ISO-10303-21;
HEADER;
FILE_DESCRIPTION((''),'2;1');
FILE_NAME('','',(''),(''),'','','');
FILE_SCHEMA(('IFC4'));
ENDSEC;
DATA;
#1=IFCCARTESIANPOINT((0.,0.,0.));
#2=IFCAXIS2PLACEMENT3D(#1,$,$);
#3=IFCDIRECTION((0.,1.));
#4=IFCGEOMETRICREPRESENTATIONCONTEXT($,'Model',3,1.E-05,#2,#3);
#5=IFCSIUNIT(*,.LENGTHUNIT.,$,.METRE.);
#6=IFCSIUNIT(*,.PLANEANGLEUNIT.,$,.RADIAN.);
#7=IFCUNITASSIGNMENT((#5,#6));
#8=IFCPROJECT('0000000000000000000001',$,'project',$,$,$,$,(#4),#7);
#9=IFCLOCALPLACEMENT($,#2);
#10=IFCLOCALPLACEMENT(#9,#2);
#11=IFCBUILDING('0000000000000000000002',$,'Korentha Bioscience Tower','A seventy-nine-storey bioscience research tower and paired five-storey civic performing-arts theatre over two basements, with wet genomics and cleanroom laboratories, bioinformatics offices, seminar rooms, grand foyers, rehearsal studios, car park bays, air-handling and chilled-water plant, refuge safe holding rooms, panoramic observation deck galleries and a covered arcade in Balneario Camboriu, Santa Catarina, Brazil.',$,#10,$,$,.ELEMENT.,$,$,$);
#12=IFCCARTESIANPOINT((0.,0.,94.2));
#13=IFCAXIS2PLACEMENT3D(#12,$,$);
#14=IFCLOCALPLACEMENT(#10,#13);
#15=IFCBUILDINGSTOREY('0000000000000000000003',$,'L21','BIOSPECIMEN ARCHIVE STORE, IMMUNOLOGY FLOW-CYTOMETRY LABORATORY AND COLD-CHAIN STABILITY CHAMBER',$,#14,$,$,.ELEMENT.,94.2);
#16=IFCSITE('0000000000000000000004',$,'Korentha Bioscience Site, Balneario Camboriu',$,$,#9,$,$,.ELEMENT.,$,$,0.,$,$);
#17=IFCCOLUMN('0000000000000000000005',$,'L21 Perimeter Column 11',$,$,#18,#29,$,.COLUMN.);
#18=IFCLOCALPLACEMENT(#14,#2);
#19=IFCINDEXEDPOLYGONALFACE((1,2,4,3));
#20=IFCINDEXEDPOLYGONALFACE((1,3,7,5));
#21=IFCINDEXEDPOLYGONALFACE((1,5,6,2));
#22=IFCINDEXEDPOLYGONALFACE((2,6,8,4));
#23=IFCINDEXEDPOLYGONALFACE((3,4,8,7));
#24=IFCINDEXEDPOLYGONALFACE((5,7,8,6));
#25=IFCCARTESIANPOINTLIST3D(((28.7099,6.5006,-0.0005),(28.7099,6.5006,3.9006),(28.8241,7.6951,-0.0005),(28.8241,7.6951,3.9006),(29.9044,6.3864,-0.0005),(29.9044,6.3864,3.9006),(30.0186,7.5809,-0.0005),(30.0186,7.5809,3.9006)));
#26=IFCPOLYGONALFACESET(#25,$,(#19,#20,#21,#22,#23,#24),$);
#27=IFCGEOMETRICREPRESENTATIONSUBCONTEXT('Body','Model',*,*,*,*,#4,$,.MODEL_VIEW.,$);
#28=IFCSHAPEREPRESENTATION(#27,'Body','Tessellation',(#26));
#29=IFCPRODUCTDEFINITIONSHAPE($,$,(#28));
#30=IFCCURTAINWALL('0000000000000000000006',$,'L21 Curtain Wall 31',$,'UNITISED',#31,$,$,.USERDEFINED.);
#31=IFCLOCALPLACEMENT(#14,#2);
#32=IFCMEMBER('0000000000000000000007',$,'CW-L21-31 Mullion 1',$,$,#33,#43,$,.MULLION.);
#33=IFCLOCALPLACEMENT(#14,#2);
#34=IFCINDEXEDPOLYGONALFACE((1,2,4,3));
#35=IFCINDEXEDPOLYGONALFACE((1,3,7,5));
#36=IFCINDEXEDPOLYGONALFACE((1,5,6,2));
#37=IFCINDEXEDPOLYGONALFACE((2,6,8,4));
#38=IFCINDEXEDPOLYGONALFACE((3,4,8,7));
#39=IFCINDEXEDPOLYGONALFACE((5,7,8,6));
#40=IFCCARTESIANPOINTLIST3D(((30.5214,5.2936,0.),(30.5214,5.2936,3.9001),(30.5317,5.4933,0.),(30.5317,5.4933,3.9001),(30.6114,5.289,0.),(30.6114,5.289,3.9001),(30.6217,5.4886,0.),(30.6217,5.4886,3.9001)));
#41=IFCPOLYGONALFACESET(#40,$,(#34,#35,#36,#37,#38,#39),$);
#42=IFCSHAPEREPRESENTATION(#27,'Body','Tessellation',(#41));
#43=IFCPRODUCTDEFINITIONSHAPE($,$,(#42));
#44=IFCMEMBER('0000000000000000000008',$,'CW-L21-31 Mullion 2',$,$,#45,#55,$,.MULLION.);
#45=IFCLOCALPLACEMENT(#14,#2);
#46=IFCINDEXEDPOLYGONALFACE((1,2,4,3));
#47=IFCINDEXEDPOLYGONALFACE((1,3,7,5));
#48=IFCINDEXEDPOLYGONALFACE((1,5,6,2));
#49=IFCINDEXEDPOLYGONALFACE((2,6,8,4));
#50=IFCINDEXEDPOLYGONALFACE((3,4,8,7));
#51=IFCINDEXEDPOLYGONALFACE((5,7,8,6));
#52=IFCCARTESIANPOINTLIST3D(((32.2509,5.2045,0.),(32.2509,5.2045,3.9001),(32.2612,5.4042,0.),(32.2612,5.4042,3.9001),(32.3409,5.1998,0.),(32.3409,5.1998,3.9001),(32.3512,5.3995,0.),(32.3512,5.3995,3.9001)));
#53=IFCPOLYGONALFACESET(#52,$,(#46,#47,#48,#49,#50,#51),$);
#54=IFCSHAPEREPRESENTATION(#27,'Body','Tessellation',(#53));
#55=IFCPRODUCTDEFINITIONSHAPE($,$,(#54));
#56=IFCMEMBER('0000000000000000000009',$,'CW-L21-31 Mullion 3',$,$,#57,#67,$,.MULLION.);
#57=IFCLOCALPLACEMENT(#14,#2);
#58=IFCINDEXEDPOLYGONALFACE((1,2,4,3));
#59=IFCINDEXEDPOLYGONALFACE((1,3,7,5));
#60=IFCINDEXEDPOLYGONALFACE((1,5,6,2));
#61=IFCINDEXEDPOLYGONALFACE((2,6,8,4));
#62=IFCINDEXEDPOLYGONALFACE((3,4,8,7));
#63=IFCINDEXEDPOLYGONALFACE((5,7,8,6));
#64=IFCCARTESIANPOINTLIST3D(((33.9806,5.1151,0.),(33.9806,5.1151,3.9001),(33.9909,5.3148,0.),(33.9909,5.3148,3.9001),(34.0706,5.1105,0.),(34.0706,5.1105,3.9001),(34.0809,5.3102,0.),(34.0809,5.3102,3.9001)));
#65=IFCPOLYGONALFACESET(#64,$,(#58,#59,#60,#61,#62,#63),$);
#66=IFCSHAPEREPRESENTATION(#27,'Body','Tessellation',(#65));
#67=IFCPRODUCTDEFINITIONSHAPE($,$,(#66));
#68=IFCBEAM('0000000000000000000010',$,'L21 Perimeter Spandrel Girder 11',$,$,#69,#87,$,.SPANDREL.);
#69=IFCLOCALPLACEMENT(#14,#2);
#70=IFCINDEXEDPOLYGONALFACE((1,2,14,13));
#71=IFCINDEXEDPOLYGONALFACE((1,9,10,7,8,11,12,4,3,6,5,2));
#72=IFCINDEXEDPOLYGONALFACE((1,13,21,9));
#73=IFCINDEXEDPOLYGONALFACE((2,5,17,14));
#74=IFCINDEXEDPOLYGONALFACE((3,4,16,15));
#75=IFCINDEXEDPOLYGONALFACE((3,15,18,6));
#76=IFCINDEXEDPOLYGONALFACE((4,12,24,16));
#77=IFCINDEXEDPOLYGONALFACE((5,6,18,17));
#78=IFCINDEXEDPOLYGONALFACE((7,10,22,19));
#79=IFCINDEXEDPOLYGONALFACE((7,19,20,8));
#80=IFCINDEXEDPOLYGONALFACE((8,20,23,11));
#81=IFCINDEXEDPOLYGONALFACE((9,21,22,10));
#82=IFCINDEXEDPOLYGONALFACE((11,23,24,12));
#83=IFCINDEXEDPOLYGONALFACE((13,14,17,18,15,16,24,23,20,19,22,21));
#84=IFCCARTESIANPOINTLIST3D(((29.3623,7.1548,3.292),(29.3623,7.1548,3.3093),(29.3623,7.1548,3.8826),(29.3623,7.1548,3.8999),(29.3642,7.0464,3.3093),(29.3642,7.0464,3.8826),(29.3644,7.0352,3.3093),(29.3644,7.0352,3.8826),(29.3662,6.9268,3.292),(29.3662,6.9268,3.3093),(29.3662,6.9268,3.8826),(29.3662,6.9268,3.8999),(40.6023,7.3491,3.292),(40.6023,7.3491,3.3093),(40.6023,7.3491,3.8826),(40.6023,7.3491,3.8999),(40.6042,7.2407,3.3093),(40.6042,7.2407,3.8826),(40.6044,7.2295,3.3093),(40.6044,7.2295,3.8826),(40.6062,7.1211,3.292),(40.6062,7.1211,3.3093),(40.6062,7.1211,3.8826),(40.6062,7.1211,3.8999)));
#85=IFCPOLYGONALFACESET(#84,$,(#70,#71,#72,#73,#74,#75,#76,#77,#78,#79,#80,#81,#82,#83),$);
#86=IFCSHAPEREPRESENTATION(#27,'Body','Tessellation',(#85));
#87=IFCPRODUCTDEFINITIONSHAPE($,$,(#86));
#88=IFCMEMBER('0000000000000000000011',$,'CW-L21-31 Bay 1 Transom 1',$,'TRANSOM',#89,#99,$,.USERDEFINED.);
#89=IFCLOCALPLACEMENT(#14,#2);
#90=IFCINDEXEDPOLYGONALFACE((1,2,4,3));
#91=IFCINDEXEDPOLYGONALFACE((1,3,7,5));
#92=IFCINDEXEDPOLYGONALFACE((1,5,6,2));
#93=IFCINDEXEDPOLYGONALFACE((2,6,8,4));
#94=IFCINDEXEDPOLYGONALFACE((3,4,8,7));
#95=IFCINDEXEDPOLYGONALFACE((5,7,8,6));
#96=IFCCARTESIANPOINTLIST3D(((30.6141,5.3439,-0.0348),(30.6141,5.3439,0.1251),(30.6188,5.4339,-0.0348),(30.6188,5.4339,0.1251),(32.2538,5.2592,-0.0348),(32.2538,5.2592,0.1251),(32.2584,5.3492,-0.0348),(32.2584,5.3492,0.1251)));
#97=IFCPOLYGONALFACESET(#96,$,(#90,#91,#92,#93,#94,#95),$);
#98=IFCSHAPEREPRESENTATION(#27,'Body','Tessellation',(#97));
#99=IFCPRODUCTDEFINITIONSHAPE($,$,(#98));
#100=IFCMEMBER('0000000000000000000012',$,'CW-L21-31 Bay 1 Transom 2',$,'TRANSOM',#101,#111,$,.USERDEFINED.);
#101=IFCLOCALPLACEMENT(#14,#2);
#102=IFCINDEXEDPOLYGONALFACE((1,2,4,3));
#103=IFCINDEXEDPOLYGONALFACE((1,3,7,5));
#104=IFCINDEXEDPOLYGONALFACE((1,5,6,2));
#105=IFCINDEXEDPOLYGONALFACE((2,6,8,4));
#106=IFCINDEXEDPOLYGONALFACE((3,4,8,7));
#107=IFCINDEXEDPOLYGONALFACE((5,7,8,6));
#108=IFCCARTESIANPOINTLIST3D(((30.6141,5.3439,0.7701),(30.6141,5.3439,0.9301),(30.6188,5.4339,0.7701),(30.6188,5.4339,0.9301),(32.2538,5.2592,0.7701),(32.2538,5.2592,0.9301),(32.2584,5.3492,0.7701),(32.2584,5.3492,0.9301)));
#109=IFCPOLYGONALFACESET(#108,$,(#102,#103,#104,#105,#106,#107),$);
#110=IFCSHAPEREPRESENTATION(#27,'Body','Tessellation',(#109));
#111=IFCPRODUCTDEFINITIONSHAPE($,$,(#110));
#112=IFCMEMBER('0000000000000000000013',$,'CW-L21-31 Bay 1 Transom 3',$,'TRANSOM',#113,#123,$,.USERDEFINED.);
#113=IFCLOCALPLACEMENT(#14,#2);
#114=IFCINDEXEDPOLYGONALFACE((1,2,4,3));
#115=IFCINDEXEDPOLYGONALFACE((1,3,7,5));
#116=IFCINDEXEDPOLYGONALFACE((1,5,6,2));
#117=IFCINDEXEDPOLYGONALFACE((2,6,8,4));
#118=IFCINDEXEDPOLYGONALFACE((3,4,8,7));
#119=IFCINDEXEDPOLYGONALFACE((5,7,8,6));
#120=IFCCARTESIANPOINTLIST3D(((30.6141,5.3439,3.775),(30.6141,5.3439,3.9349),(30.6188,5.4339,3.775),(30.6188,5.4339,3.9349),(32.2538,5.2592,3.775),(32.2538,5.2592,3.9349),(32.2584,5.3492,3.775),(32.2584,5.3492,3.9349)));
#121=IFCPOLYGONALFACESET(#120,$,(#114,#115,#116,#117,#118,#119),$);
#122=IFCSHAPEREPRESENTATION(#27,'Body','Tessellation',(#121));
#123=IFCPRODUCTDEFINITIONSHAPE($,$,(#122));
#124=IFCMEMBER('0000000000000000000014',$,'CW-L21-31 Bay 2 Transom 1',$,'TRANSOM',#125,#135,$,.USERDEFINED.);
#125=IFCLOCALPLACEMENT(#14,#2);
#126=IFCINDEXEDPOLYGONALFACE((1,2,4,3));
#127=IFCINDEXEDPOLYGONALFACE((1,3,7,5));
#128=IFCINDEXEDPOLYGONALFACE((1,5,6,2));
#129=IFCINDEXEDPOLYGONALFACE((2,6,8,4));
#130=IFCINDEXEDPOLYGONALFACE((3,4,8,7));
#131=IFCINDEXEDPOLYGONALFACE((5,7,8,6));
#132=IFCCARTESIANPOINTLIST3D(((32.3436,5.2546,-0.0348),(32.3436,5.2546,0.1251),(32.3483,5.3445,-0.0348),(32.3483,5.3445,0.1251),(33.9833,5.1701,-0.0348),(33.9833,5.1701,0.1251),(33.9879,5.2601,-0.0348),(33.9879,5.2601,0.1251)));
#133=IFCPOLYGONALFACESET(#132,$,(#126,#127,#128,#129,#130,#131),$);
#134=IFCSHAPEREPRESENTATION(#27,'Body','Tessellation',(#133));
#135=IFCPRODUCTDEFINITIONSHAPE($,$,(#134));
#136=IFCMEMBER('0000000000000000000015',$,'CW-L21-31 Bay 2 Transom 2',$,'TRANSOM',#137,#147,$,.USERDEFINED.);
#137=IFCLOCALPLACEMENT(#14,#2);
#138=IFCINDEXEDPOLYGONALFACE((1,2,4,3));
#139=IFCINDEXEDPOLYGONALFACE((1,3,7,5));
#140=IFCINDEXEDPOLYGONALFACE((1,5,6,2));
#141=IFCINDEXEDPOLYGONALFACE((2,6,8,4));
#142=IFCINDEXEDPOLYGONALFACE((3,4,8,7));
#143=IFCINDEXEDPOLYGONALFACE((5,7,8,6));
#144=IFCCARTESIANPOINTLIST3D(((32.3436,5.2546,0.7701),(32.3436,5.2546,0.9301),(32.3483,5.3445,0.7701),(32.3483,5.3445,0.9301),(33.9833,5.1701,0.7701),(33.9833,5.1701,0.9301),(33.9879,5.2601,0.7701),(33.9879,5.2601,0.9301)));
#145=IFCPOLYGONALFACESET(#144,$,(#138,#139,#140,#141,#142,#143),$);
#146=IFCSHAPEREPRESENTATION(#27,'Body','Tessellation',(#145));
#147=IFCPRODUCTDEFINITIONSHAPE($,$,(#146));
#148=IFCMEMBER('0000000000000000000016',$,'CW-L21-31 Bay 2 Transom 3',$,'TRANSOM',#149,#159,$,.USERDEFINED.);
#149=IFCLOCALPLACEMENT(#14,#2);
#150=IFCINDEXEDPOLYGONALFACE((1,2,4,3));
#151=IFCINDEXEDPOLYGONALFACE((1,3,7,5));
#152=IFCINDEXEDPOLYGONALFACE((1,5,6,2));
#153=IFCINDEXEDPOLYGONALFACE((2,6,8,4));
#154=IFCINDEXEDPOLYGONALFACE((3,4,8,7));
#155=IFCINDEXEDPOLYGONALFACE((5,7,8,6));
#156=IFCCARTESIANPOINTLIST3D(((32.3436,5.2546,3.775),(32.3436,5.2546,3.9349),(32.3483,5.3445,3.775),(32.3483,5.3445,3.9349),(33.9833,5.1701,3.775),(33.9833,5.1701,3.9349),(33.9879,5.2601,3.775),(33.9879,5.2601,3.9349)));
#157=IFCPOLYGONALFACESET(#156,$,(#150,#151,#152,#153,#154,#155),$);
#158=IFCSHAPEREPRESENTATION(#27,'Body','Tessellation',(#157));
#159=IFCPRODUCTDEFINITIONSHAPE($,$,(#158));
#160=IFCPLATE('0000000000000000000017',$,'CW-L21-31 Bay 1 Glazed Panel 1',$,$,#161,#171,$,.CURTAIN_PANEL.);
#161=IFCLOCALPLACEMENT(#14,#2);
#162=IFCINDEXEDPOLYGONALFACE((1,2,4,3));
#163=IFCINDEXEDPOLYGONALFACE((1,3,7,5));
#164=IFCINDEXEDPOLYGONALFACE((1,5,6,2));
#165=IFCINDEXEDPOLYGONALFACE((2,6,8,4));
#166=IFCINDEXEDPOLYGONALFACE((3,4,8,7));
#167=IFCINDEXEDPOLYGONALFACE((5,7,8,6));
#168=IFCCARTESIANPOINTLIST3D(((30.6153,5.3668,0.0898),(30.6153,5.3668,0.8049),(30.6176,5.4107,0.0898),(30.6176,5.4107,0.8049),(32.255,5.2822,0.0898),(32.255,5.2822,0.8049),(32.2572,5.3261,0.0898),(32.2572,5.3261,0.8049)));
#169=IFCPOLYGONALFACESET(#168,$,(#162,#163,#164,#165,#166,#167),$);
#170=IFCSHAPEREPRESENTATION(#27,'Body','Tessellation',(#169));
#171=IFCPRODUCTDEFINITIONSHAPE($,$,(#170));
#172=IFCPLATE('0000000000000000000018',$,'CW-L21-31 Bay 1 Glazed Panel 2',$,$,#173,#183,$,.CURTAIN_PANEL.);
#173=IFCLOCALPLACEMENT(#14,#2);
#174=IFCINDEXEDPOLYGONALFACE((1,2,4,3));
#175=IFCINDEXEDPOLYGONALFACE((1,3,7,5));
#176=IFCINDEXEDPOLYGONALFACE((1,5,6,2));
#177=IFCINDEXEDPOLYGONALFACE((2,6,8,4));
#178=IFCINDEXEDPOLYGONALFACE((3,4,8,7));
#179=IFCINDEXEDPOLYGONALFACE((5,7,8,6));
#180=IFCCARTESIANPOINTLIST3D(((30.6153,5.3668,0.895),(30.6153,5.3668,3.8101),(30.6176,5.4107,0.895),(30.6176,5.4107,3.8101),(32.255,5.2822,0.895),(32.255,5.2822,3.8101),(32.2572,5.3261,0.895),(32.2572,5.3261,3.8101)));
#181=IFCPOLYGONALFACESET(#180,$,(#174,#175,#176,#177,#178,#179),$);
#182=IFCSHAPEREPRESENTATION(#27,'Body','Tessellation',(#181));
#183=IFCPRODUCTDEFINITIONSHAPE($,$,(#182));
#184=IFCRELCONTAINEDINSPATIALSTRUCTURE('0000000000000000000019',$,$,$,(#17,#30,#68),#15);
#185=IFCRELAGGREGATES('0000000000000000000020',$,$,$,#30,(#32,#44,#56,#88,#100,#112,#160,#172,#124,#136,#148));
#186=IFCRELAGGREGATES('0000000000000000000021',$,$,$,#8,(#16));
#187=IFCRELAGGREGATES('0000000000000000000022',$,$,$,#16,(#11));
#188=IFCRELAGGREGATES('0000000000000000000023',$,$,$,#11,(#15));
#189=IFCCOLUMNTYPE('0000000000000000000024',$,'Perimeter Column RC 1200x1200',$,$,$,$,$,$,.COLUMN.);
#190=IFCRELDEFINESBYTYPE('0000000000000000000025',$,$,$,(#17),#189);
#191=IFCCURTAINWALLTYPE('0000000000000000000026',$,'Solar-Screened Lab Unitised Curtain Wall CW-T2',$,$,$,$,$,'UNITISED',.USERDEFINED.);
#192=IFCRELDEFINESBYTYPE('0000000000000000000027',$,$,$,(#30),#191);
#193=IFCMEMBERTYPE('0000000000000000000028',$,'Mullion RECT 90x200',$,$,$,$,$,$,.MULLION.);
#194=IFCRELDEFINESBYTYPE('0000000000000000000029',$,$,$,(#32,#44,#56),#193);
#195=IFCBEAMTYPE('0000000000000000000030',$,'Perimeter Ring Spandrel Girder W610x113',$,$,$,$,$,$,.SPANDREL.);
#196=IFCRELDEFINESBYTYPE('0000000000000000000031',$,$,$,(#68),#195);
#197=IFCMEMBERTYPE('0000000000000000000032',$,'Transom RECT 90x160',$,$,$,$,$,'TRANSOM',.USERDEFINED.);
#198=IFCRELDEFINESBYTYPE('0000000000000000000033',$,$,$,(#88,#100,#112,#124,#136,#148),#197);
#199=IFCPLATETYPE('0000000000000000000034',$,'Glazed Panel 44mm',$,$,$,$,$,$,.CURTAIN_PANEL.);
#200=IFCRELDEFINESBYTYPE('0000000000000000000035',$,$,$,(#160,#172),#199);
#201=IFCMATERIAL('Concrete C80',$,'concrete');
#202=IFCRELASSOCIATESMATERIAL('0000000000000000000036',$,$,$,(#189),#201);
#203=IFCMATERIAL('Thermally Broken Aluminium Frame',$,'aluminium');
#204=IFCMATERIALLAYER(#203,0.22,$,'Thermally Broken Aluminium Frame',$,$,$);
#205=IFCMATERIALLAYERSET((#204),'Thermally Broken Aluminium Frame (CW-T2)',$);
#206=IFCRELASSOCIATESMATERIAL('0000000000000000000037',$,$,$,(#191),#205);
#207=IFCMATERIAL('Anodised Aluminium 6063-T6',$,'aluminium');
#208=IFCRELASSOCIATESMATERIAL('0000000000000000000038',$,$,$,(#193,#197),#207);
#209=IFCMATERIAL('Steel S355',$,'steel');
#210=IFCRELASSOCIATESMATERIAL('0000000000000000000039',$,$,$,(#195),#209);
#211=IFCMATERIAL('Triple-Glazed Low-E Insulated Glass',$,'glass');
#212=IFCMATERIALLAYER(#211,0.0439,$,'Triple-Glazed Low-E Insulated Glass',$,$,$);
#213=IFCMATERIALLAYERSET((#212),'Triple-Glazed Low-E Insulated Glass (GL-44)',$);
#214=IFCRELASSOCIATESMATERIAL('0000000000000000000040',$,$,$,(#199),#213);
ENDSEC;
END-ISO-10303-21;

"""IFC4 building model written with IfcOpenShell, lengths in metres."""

from ifc_helpers import new_model, si_unit, direction, frame, origin, origin_2d, place, context, subcontext, project, spatial, rectangle, i_section, extrude, material, layer, layer_set, material_profile, profile_set, type_object, element, aggregate, save


model = new_model("IFC4")

# Units and contexts
model_context = context("Model", 3, precision=1e-05, world=origin(), true_north=direction((0.0, 1.0)))
body_context = subcontext(model_context, "Body", "Model", "MODEL_VIEW")
ifc_project = project(units=[si_unit("LENGTHUNIT", "METRE"), si_unit("PLANEANGLEUNIT", "RADIAN")], contexts=[model_context])

# Site, building, storey
site_placement = place(None, origin())
site = spatial("IfcSite", under=ifc_project, at=site_placement, Name="Korentha Bioscience Site, Balneario Camboriu", CompositionType="ELEMENT", RefElevation=0.0)
building_placement = place(site_placement, origin())
building = spatial("IfcBuilding", under=site, at=building_placement, Name="Korentha Bioscience Tower", Description="A seventy-nine-storey bioscience research tower and paired five-storey civic performing-arts theatre over two basements, with wet genomics and cleanroom laboratories, bioinformatics offices, seminar rooms, grand foyers, rehearsal studios, car park bays, air-handling and chilled-water plant, refuge safe holding rooms, panoramic observation deck galleries and a covered arcade in Balneario Camboriu, Santa Catarina, Brazil.", CompositionType="ELEMENT")
storey_placement = place(building_placement, frame((0.0, 0.0, 94.2)))
storey = spatial("IfcBuildingStorey", under=building, at=storey_placement, Name="L21", Description="BIOSPECIMEN ARCHIVE STORE, IMMUNOLOGY FLOW-CYTOMETRY LABORATORY AND COLD-CHAIN STABILITY CHAMBER", CompositionType="ELEMENT", Elevation=94.2)

# Column
ifc_material_1 = material(Name="Concrete C80", Category="concrete")
ifc_material_profile_1 = material_profile(ifc_material_1, rectangle(XDim=1.2, YDim=1.2, at=origin_2d()), Name="Concrete C80")
ifc_profile_set_1 = profile_set([ifc_material_profile_1], Name="Concrete C80 (COL-P12)")
column_type = type_object("IfcColumnType", Name="Perimeter Column RC 1200x1200", PredefinedType="COLUMN", material=ifc_profile_set_1)
column_placement = place(storey_placement, frame((29.3643, 7.0408, -0.0005), z_axis=(0.0, 0.0, 1.0), x_axis=(-0.995463, 0.095151, 0.0)))
element("IfcColumn", 1, at=column_placement, inside=storey, type_object=column_type, Name="L21 Perimeter Column 11", PredefinedType="COLUMN", context=body_context, shape_type="SweptSolid", body=[
    extrude(rectangle(XDim=1.2, YDim=1.2, at=origin_2d()), origin(), (0.0, 0.0, 1.0), 3.9011),
])

# Curtain wall, members
ifc_material_2 = material(Name="Thermally Broken Aluminium Frame", Category="aluminium")
ifc_layer_1 = layer(ifc_material_2, 0.22, Name="Thermally Broken Aluminium Frame")
ifc_layer_set_1 = layer_set([ifc_layer_1], Name="Thermally Broken Aluminium Frame (CW-T2)")
curtain_wall_type = type_object("IfcCurtainWallType", Name="Solar-Screened Lab Unitised Curtain Wall CW-T2", ElementType="UNITISED", PredefinedType="USERDEFINED", material=ifc_layer_set_1)
curtain_wall_placement = place(storey_placement, origin())
curtain_wall = element("IfcCurtainWall", 2, at=curtain_wall_placement, inside=storey, type_object=curtain_wall_type, Name="L21 Curtain Wall 31", ObjectType="UNITISED", PredefinedType="USERDEFINED")
ifc_material_3 = material(Name="Anodised Aluminium 6063-T6", Category="aluminium")
ifc_material_profile_2 = material_profile(ifc_material_3, rectangle(XDim=0.0901, YDim=0.2, at=origin_2d()), Name="Anodised Aluminium 6063-T6")
ifc_profile_set_2 = profile_set([ifc_material_profile_2], Name="Anodised Aluminium 6063-T6 (CW-MUL)")
member_type_1 = type_object("IfcMemberType", Name="Mullion RECT 90x200", PredefinedType="MULLION", material=ifc_profile_set_2)
member_1_placement = place(storey_placement, frame((30.5715, 5.3911, 0.0), z_axis=(0.0, 0.0, 1.0), x_axis=(0.998673, -0.051495, 0.0)))
member_1 = element("IfcMember", 3, at=member_1_placement, type_object=member_type_1, Name="CW-L21-31 Mullion 1", PredefinedType="MULLION", context=body_context, shape_type="SweptSolid", body=[
    extrude(rectangle(XDim=0.0901, YDim=0.2, at=origin_2d()), origin(), (0.0, 0.0, 1.0), 3.9001),
])
member_2_placement = place(storey_placement, frame((32.301, 5.302, 0.0), z_axis=(0.0, 0.0, 1.0), x_axis=(0.998673, -0.051495, 0.0)))
member_2 = element("IfcMember", 4, at=member_2_placement, type_object=member_type_1, Name="CW-L21-31 Mullion 2", PredefinedType="MULLION", context=body_context, shape_type="SweptSolid", body=[
    extrude(rectangle(XDim=0.0901, YDim=0.2, at=origin_2d()), origin(), (0.0, 0.0, 1.0), 3.9001),
])
member_3_placement = place(storey_placement, frame((34.0308, 5.2126, 0.0), z_axis=(0.0, 0.0, 1.0), x_axis=(0.998673, -0.051495, 0.0)))
member_3 = element("IfcMember", 5, at=member_3_placement, type_object=member_type_1, Name="CW-L21-31 Mullion 3", PredefinedType="MULLION", context=body_context, shape_type="SweptSolid", body=[
    extrude(rectangle(XDim=0.0901, YDim=0.2, at=origin_2d()), origin(), (0.0, 0.0, 1.0), 3.9001),
])

# Beam
ifc_material_4 = material(Name="Steel S355", Category="steel")
ifc_material_profile_3 = material_profile(ifc_material_4, i_section(OverallWidth=0.228, OverallDepth=0.6079, WebThickness=0.0112, FlangeThickness=0.0173, at=origin_2d()), Name="Steel S355")
ifc_profile_set_3 = profile_set([ifc_material_profile_3], Name="Steel S355 (SB-610)")
beam_type = type_object("IfcBeamType", Name="Perimeter Ring Spandrel Girder W610x113", PredefinedType="SPANDREL", material=ifc_profile_set_3)
beam_placement = place(storey_placement, frame((29.3643, 7.0408, 3.5959), z_axis=(0.999851, 0.017287, 0.0), x_axis=(-0.017287, 0.999851, 0.0)))
element("IfcBeam", 6, at=beam_placement, inside=storey, type_object=beam_type, Name="L21 Perimeter Spandrel Girder 11", PredefinedType="SPANDREL", context=body_context, shape_type="SweptSolid", body=[
    extrude(i_section(OverallWidth=0.228, OverallDepth=0.6079, WebThickness=0.0112, FlangeThickness=0.0173, at=origin_2d()), origin(), (0.0, 0.0, 1.0), 11.2417),
])

# Members
ifc_material_profile_4 = material_profile(ifc_material_3, rectangle(XDim=0.0901, YDim=0.1599, at=origin_2d()), Name="Anodised Aluminium 6063-T6")
ifc_profile_set_4 = profile_set([ifc_material_profile_4], Name="Anodised Aluminium 6063-T6 (CW-TRN)")
member_type_2 = type_object("IfcMemberType", Name="Transom RECT 90x160", ElementType="TRANSOM", PredefinedType="USERDEFINED", material=ifc_profile_set_4)
member_4_placement = place(storey_placement, frame((30.6165, 5.3889, 0.0452), z_axis=(0.998668, -0.051599, 0.0), x_axis=(0.051599, 0.998668, 0.0)))
member_4 = element("IfcMember", 7, at=member_4_placement, type_object=member_type_2, Name="CW-L21-31 Bay 1 Transom 1", ObjectType="TRANSOM", PredefinedType="USERDEFINED", context=body_context, shape_type="SweptSolid", body=[
    extrude(rectangle(XDim=0.0901, YDim=0.1599, at=origin_2d()), origin(), (0.0, 0.0, 1.0), 1.6418),
])
member_5_placement = place(storey_placement, frame((30.6165, 5.3889, 0.8501), z_axis=(0.998668, -0.051599, 0.0), x_axis=(0.051599, 0.998668, 0.0)))
member_5 = element("IfcMember", 8, at=member_5_placement, type_object=member_type_2, Name="CW-L21-31 Bay 1 Transom 2", ObjectType="TRANSOM", PredefinedType="USERDEFINED", context=body_context, shape_type="SweptSolid", body=[
    extrude(rectangle(XDim=0.0901, YDim=0.1599, at=origin_2d()), origin(), (0.0, 0.0, 1.0), 1.6418),
])
member_6_placement = place(storey_placement, frame((30.6165, 5.3889, 3.855), z_axis=(0.998668, -0.051599, 0.0), x_axis=(0.051599, 0.998668, 0.0)))
member_6 = element("IfcMember", 9, at=member_6_placement, type_object=member_type_2, Name="CW-L21-31 Bay 1 Transom 3", ObjectType="TRANSOM", PredefinedType="USERDEFINED", context=body_context, shape_type="SweptSolid", body=[
    extrude(rectangle(XDim=0.0901, YDim=0.1599, at=origin_2d()), origin(), (0.0, 0.0, 1.0), 1.6418),
])
member_7_placement = place(storey_placement, frame((32.3459, 5.2996, 0.0452), z_axis=(0.998676, -0.051451, 0.0), x_axis=(0.051451, 0.998676, 0.0)))
member_7 = element("IfcMember", 10, at=member_7_placement, type_object=member_type_2, Name="CW-L21-31 Bay 2 Transom 1", ObjectType="TRANSOM", PredefinedType="USERDEFINED", context=body_context, shape_type="SweptSolid", body=[
    extrude(rectangle(XDim=0.0901, YDim=0.1599, at=origin_2d()), origin(), (0.0, 0.0, 1.0), 1.6418),
])
member_8_placement = place(storey_placement, frame((32.3459, 5.2996, 0.8501), z_axis=(0.998676, -0.051451, 0.0), x_axis=(0.051451, 0.998676, 0.0)))
member_8 = element("IfcMember", 11, at=member_8_placement, type_object=member_type_2, Name="CW-L21-31 Bay 2 Transom 2", ObjectType="TRANSOM", PredefinedType="USERDEFINED", context=body_context, shape_type="SweptSolid", body=[
    extrude(rectangle(XDim=0.0901, YDim=0.1599, at=origin_2d()), origin(), (0.0, 0.0, 1.0), 1.6418),
])
member_9_placement = place(storey_placement, frame((32.3459, 5.2996, 3.855), z_axis=(0.998676, -0.051451, 0.0), x_axis=(0.051451, 0.998676, 0.0)))
member_9 = element("IfcMember", 12, at=member_9_placement, type_object=member_type_2, Name="CW-L21-31 Bay 2 Transom 3", ObjectType="TRANSOM", PredefinedType="USERDEFINED", context=body_context, shape_type="SweptSolid", body=[
    extrude(rectangle(XDim=0.0901, YDim=0.1599, at=origin_2d()), origin(), (0.0, 0.0, 1.0), 1.6418),
])

# Plates
ifc_material_5 = material(Name="Triple-Glazed Low-E Insulated Glass", Category="glass")
ifc_layer_2 = layer(ifc_material_5, 0.0439, Name="Triple-Glazed Low-E Insulated Glass")
ifc_layer_set_2 = layer_set([ifc_layer_2], Name="Triple-Glazed Low-E Insulated Glass (GL-44)")
plate_type = type_object("IfcPlateType", Name="Glazed Panel 44mm", PredefinedType="CURTAIN_PANEL", material=ifc_layer_set_2)
plate_1_placement = place(storey_placement, frame((31.4363, 5.3464, 0.0898), z_axis=(0.0, 0.0, 1.0), x_axis=(0.998673, -0.051495, 0.0)))
plate_1 = element("IfcPlate", 13, at=plate_1_placement, type_object=plate_type, Name="CW-L21-31 Bay 1 Glazed Panel 1", PredefinedType="CURTAIN_PANEL", context=body_context, shape_type="SweptSolid", body=[
    extrude(rectangle(XDim=1.6418, YDim=0.0439, at=origin_2d()), origin(), (0.0, 0.0, 1.0), 0.7151),
])
plate_2_placement = place(storey_placement, frame((31.4363, 5.3464, 0.895), z_axis=(0.0, 0.0, 1.0), x_axis=(0.998673, -0.051495, 0.0)))
plate_2 = element("IfcPlate", 14, at=plate_2_placement, type_object=plate_type, Name="CW-L21-31 Bay 1 Glazed Panel 2", PredefinedType="CURTAIN_PANEL", context=body_context, shape_type="SweptSolid", body=[
    extrude(rectangle(XDim=1.6418, YDim=0.0439, at=origin_2d()), origin(), (0.0, 0.0, 1.0), 2.915),
])
aggregate(curtain_wall, [member_1, member_2, member_3, member_4, member_5, member_6, plate_1, plate_2, member_7, member_8, member_9])

save(model, "model.ifc")
